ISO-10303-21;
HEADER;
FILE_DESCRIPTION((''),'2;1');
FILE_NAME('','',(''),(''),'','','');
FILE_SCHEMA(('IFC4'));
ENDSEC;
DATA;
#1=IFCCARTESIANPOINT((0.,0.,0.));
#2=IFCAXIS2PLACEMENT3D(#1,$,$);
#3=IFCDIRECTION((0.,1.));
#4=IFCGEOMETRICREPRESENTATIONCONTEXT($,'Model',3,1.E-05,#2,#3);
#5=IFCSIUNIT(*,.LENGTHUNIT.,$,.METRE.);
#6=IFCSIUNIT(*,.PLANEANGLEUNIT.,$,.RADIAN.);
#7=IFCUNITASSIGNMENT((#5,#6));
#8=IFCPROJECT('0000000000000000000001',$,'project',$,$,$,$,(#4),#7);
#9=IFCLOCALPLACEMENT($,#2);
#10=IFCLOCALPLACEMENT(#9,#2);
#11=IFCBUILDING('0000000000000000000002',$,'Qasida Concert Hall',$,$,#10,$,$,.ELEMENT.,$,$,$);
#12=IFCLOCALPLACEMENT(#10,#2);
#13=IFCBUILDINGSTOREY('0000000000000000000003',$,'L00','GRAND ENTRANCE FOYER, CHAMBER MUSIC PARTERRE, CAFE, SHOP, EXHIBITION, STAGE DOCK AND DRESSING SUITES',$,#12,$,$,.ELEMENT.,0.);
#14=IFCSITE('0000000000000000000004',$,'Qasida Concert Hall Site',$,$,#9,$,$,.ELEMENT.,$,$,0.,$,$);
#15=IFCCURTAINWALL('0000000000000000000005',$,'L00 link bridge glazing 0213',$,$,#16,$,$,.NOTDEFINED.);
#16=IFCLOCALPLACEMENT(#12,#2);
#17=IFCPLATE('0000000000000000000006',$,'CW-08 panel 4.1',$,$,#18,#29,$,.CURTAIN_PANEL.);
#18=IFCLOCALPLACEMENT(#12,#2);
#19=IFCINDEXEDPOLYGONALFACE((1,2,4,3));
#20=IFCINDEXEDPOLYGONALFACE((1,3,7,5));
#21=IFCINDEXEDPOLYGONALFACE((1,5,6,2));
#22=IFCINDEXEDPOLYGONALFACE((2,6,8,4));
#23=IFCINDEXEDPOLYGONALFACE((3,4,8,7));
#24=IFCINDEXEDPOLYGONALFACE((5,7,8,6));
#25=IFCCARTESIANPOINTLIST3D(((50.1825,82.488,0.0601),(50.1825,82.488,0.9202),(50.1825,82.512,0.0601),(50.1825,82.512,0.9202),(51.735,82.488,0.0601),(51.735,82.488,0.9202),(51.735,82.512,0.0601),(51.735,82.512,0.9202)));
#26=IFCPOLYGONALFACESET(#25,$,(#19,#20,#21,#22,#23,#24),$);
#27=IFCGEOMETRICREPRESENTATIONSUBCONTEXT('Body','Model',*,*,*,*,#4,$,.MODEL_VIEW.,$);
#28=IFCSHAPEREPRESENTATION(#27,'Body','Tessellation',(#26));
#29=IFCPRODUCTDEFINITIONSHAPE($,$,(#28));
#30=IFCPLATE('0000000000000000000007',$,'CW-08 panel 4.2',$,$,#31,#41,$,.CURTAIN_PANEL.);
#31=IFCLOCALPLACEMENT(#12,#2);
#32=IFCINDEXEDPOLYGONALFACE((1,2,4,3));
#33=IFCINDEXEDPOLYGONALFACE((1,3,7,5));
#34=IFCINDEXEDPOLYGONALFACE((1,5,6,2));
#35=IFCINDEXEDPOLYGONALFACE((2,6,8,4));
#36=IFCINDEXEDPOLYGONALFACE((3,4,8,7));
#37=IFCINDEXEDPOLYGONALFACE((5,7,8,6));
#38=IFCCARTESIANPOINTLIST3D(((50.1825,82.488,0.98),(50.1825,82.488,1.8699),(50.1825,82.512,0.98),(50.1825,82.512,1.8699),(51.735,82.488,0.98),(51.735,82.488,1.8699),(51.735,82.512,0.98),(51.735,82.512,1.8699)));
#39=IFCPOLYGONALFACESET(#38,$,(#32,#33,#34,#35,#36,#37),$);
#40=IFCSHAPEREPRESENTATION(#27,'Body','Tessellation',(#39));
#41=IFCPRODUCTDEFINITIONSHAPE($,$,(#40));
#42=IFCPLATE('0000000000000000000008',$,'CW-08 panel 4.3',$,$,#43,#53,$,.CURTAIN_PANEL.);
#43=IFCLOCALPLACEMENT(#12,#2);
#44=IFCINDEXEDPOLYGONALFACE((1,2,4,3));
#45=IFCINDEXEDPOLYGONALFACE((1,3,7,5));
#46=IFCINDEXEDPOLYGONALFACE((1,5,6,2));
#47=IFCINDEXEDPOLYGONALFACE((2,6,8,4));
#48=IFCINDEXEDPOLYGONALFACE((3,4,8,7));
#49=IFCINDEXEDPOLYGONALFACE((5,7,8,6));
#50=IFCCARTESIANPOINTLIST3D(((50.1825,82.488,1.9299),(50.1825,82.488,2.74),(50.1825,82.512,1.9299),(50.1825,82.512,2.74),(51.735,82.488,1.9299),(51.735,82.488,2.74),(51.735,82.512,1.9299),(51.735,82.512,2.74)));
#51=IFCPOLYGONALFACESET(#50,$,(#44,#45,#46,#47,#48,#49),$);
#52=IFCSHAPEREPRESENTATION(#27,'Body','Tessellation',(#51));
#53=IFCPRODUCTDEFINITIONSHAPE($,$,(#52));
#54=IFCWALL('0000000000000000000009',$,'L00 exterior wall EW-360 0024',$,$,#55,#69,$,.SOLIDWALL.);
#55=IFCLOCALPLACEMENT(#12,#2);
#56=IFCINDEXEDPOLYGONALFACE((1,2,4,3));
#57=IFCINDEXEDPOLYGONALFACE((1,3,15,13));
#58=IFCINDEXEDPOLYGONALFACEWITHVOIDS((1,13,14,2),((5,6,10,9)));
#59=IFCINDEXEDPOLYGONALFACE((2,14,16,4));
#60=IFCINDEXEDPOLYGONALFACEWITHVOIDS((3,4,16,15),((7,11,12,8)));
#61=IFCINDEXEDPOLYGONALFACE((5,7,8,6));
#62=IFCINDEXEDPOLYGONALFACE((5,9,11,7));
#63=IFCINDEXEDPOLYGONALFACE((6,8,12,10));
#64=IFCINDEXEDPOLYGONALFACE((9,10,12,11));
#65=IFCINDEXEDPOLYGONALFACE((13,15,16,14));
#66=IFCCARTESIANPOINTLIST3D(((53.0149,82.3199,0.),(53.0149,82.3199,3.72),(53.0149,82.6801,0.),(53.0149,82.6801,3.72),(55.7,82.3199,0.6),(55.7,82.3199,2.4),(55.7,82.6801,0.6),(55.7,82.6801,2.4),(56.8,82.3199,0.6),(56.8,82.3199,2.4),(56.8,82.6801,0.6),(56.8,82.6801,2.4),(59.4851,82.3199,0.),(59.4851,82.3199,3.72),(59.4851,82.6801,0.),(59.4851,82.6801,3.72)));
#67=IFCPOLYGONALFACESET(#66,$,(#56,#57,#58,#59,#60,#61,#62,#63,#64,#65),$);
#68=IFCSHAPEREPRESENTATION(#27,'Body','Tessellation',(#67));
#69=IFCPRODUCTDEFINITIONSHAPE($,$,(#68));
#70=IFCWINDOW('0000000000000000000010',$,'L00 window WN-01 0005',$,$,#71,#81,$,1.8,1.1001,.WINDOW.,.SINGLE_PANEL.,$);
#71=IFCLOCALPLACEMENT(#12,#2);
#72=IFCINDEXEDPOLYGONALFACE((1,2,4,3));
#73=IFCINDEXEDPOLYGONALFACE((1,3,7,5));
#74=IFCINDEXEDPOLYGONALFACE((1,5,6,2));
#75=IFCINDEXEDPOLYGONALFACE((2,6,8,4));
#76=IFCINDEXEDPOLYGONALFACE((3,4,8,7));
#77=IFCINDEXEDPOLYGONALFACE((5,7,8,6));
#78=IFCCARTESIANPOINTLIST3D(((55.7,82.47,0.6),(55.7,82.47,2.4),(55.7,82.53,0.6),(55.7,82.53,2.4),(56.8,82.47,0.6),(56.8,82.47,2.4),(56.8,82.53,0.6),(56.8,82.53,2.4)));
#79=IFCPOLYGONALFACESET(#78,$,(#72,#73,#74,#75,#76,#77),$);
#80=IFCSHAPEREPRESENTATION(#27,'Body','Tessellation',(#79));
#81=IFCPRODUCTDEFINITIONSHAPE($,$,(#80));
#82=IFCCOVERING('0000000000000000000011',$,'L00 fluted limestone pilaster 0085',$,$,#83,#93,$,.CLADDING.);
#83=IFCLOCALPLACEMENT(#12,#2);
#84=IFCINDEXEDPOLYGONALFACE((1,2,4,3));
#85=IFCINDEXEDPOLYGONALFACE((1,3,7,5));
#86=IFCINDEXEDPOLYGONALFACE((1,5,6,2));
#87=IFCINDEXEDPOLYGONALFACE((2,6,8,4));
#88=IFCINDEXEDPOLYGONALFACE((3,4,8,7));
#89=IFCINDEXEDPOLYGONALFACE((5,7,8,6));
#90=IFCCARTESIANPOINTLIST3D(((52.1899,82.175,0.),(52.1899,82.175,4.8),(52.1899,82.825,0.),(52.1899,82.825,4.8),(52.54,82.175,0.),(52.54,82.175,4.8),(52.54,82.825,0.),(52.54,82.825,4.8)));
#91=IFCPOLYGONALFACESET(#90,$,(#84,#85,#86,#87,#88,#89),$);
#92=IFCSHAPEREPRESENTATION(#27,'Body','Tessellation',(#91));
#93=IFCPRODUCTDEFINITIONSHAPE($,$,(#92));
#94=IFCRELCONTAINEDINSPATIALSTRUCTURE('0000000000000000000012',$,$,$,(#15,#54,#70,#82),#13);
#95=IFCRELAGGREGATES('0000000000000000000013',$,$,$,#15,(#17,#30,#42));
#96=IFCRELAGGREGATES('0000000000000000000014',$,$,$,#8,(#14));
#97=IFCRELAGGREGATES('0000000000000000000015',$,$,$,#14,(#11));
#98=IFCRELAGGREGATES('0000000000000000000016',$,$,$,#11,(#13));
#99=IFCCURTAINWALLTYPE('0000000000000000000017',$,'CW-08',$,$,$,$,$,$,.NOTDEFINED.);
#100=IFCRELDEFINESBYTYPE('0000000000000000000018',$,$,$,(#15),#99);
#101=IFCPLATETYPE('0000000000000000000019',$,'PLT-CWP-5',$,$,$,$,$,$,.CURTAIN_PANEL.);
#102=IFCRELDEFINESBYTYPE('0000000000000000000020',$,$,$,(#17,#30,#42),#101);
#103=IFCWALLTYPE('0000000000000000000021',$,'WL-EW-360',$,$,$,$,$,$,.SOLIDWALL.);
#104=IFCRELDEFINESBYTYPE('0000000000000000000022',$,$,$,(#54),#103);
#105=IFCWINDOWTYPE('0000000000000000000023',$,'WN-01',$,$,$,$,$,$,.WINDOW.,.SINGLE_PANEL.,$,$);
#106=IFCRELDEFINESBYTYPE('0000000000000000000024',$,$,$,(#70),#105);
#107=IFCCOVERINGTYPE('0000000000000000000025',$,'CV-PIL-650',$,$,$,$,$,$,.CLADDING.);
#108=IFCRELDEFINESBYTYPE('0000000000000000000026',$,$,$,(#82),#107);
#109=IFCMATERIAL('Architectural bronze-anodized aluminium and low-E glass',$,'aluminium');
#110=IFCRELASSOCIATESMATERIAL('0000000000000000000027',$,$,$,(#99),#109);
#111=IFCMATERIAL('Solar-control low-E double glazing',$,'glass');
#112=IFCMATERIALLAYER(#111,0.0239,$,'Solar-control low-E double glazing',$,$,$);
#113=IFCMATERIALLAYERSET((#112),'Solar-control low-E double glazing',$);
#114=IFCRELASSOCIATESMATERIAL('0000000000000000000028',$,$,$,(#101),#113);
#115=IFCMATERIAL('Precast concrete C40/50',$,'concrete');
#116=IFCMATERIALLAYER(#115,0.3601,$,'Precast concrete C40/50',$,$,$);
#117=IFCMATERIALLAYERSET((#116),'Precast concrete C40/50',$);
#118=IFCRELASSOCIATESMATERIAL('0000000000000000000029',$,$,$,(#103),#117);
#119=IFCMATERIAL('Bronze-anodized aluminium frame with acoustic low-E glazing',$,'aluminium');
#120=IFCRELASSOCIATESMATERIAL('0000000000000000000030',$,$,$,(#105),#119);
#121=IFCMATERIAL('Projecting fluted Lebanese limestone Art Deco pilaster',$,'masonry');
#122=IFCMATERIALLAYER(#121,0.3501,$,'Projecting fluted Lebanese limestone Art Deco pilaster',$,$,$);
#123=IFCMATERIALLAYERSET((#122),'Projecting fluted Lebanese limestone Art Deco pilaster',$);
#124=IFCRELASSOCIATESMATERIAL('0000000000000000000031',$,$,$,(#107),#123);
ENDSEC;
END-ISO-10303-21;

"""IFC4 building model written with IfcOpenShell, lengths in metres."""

from ifc_helpers import new_model, si_unit, direction, frame, frame_2d, origin, origin_2d, place, context, subcontext, project, spatial, rectangle, extrude, material, layer, layer_set, type_object, element, fill, aggregate, save


model = new_model("IFC4")

# Units and contexts
model_context = context("Model", 3, precision=1e-05, world=origin(), true_north=direction((0.0, 1.0)))
body_context = subcontext(model_context, "Body", "Model", "MODEL_VIEW")
ifc_project = project(units=[si_unit("LENGTHUNIT", "METRE"), si_unit("PLANEANGLEUNIT", "RADIAN")], contexts=[model_context])

# Site, building, storey
site_placement = place(None, origin())
site = spatial("IfcSite", under=ifc_project, at=site_placement, Name="Qasida Concert Hall Site", CompositionType="ELEMENT", RefElevation=0.0)
building_placement = place(site_placement, origin())
building = spatial("IfcBuilding", under=site, at=building_placement, Name="Qasida Concert Hall", CompositionType="ELEMENT")
storey_placement = place(building_placement, origin())
storey = spatial("IfcBuildingStorey", under=building, at=storey_placement, Name="L00", Description="GRAND ENTRANCE FOYER, CHAMBER MUSIC PARTERRE, CAFE, SHOP, EXHIBITION, STAGE DOCK AND DRESSING SUITES", CompositionType="ELEMENT", Elevation=0.0)

# Curtain wall, plates
ifc_material_1 = material(Name="Architectural bronze-anodized aluminium and low-E glass", Category="aluminium")
curtain_wall_type = type_object("IfcCurtainWallType", Name="CW-08", PredefinedType="NOTDEFINED", material=ifc_material_1)
curtain_wall_placement = place(storey_placement, origin())
curtain_wall = element("IfcCurtainWall", 1, at=curtain_wall_placement, inside=storey, type_object=curtain_wall_type, Name="L00 link bridge glazing 0213", PredefinedType="NOTDEFINED")
ifc_material_2 = material(Name="Solar-control low-E double glazing", Category="glass")
ifc_layer_1 = layer(ifc_material_2, 0.0239, Name="Solar-control low-E double glazing")
ifc_layer_set_1 = layer_set([ifc_layer_1], Name="Solar-control low-E double glazing")
plate_type = type_object("IfcPlateType", Name="PLT-CWP-5", PredefinedType="CURTAIN_PANEL", material=ifc_layer_set_1)
plate_1_placement = place(storey_placement, frame((50.9587, 82.5, 0.0601), z_axis=(0.0, 0.0, 1.0), x_axis=(1.0, 0.0, 0.0)))
plate_1 = element("IfcPlate", 2, at=plate_1_placement, type_object=plate_type, Name="CW-08 panel 4.1", PredefinedType="CURTAIN_PANEL", context=body_context, shape_type="SweptSolid", body=[
    extrude(rectangle(XDim=1.5525, YDim=0.0239, at=origin_2d()), origin(), (0.0, 0.0, 1.0), 0.8601),
])
plate_2_placement = place(storey_placement, frame((50.9587, 82.5, 0.98), z_axis=(0.0, 0.0, 1.0), x_axis=(1.0, 0.0, 0.0)))
plate_2 = element("IfcPlate", 3, at=plate_2_placement, type_object=plate_type, Name="CW-08 panel 4.2", PredefinedType="CURTAIN_PANEL", context=body_context, shape_type="SweptSolid", body=[
    extrude(rectangle(XDim=1.5525, YDim=0.0239, at=origin_2d()), origin(), (0.0, 0.0, 1.0), 0.8899),
])
plate_3_placement = place(storey_placement, frame((50.9587, 82.5, 1.9299), z_axis=(0.0, 0.0, 1.0), x_axis=(1.0, 0.0, 0.0)))
plate_3 = element("IfcPlate", 4, at=plate_3_placement, type_object=plate_type, Name="CW-08 panel 4.3", PredefinedType="CURTAIN_PANEL", context=body_context, shape_type="SweptSolid", body=[
    extrude(rectangle(XDim=1.5525, YDim=0.0239, at=origin_2d()), origin(), (0.0, 0.0, 1.0), 0.8101),
])
aggregate(curtain_wall, [plate_1, plate_2, plate_3])

# Wall, opening, window
ifc_material_3 = material(Name="Precast concrete C40/50", Category="concrete")
ifc_layer_2 = layer(ifc_material_3, 0.3601, Name="Precast concrete C40/50")
ifc_layer_set_2 = layer_set([ifc_layer_2], Name="Precast concrete C40/50")
wall_type = type_object("IfcWallType", Name="WL-EW-360", PredefinedType="SOLIDWALL", material=ifc_layer_set_2)
wall_placement = place(storey_placement, frame((53.0149, 82.5, 0.0), z_axis=(0.0, 0.0, 1.0), x_axis=(1.0, 0.0, 0.0)))
wall = element("IfcWall", 5, at=wall_placement, inside=storey, type_object=wall_type, Name="L00 exterior wall EW-360 0024", PredefinedType="SOLIDWALL", context=body_context, shape_type="SweptSolid", body=[
    extrude(rectangle(XDim=6.4702, YDim=0.3601, at=frame_2d((3.2351, 0.0))), origin(), (0.0, 0.0, 1.0), 3.72),
])
opening_placement = place(wall_placement, frame((2.6851, 0.0, 0.6001)))
opening = element("IfcOpeningElement", 6, at=opening_placement, cuts=wall, PredefinedType="OPENING", context=body_context, shape_type="SweptSolid", body=[
    extrude(rectangle(XDim=1.1001, YDim=1.8, at=frame_2d((0.55, 0.8999))), frame((0.0, 0.1899, 0.0), z_axis=(0.0, -1.0, 0.0), x_axis=(1.0, 0.0, 0.0)), (0.0, 0.0, 1.0), 0.3801),
])
ifc_material_4 = material(Name="Bronze-anodized aluminium frame with acoustic low-E glazing", Category="aluminium")
window_type = type_object("IfcWindowType", Name="WN-01", PartitioningType="SINGLE_PANEL", PredefinedType="WINDOW", material=ifc_material_4)
window_placement = place(opening_placement, origin())
window = element("IfcWindow", 7, at=window_placement, inside=storey, type_object=window_type, Name="L00 window WN-01 0005", OverallHeight=1.8, OverallWidth=1.1001, PartitioningType="SINGLE_PANEL", PredefinedType="WINDOW", context=body_context, shape_type="SweptSolid", body=[
    extrude(rectangle(XDim=1.1001, YDim=1.8, at=frame_2d((0.55, 0.8999))), frame((0.0, 0.03, 0.0), z_axis=(0.0, -1.0, 0.0), x_axis=(1.0, 0.0, 0.0)), (0.0, 0.0, 1.0), 0.0601),
])
fill(opening, window)

# Covering
ifc_material_5 = material(Name="Projecting fluted Lebanese limestone Art Deco pilaster", Category="masonry")
ifc_layer_3 = layer(ifc_material_5, 0.3501, Name="Projecting fluted Lebanese limestone Art Deco pilaster")
ifc_layer_set_3 = layer_set([ifc_layer_3], Name="Projecting fluted Lebanese limestone Art Deco pilaster")
covering_type = type_object("IfcCoveringType", Name="CV-PIL-650", PredefinedType="CLADDING", material=ifc_layer_set_3)
covering_placement = place(storey_placement, frame((52.365, 82.5, 0.0), z_axis=(0.0, 0.0, 1.0), x_axis=(1.0, 0.0, 0.0)))
element("IfcCovering", 8, at=covering_placement, inside=storey, type_object=covering_type, Name="L00 fluted limestone pilaster 0085", PredefinedType="CLADDING", context=body_context, shape_type="SweptSolid", body=[
    extrude(rectangle(XDim=0.3501, YDim=0.6499, at=origin_2d()), origin(), (0.0, 0.0, 1.0), 4.8),
])

save(model, "model.ifc")
